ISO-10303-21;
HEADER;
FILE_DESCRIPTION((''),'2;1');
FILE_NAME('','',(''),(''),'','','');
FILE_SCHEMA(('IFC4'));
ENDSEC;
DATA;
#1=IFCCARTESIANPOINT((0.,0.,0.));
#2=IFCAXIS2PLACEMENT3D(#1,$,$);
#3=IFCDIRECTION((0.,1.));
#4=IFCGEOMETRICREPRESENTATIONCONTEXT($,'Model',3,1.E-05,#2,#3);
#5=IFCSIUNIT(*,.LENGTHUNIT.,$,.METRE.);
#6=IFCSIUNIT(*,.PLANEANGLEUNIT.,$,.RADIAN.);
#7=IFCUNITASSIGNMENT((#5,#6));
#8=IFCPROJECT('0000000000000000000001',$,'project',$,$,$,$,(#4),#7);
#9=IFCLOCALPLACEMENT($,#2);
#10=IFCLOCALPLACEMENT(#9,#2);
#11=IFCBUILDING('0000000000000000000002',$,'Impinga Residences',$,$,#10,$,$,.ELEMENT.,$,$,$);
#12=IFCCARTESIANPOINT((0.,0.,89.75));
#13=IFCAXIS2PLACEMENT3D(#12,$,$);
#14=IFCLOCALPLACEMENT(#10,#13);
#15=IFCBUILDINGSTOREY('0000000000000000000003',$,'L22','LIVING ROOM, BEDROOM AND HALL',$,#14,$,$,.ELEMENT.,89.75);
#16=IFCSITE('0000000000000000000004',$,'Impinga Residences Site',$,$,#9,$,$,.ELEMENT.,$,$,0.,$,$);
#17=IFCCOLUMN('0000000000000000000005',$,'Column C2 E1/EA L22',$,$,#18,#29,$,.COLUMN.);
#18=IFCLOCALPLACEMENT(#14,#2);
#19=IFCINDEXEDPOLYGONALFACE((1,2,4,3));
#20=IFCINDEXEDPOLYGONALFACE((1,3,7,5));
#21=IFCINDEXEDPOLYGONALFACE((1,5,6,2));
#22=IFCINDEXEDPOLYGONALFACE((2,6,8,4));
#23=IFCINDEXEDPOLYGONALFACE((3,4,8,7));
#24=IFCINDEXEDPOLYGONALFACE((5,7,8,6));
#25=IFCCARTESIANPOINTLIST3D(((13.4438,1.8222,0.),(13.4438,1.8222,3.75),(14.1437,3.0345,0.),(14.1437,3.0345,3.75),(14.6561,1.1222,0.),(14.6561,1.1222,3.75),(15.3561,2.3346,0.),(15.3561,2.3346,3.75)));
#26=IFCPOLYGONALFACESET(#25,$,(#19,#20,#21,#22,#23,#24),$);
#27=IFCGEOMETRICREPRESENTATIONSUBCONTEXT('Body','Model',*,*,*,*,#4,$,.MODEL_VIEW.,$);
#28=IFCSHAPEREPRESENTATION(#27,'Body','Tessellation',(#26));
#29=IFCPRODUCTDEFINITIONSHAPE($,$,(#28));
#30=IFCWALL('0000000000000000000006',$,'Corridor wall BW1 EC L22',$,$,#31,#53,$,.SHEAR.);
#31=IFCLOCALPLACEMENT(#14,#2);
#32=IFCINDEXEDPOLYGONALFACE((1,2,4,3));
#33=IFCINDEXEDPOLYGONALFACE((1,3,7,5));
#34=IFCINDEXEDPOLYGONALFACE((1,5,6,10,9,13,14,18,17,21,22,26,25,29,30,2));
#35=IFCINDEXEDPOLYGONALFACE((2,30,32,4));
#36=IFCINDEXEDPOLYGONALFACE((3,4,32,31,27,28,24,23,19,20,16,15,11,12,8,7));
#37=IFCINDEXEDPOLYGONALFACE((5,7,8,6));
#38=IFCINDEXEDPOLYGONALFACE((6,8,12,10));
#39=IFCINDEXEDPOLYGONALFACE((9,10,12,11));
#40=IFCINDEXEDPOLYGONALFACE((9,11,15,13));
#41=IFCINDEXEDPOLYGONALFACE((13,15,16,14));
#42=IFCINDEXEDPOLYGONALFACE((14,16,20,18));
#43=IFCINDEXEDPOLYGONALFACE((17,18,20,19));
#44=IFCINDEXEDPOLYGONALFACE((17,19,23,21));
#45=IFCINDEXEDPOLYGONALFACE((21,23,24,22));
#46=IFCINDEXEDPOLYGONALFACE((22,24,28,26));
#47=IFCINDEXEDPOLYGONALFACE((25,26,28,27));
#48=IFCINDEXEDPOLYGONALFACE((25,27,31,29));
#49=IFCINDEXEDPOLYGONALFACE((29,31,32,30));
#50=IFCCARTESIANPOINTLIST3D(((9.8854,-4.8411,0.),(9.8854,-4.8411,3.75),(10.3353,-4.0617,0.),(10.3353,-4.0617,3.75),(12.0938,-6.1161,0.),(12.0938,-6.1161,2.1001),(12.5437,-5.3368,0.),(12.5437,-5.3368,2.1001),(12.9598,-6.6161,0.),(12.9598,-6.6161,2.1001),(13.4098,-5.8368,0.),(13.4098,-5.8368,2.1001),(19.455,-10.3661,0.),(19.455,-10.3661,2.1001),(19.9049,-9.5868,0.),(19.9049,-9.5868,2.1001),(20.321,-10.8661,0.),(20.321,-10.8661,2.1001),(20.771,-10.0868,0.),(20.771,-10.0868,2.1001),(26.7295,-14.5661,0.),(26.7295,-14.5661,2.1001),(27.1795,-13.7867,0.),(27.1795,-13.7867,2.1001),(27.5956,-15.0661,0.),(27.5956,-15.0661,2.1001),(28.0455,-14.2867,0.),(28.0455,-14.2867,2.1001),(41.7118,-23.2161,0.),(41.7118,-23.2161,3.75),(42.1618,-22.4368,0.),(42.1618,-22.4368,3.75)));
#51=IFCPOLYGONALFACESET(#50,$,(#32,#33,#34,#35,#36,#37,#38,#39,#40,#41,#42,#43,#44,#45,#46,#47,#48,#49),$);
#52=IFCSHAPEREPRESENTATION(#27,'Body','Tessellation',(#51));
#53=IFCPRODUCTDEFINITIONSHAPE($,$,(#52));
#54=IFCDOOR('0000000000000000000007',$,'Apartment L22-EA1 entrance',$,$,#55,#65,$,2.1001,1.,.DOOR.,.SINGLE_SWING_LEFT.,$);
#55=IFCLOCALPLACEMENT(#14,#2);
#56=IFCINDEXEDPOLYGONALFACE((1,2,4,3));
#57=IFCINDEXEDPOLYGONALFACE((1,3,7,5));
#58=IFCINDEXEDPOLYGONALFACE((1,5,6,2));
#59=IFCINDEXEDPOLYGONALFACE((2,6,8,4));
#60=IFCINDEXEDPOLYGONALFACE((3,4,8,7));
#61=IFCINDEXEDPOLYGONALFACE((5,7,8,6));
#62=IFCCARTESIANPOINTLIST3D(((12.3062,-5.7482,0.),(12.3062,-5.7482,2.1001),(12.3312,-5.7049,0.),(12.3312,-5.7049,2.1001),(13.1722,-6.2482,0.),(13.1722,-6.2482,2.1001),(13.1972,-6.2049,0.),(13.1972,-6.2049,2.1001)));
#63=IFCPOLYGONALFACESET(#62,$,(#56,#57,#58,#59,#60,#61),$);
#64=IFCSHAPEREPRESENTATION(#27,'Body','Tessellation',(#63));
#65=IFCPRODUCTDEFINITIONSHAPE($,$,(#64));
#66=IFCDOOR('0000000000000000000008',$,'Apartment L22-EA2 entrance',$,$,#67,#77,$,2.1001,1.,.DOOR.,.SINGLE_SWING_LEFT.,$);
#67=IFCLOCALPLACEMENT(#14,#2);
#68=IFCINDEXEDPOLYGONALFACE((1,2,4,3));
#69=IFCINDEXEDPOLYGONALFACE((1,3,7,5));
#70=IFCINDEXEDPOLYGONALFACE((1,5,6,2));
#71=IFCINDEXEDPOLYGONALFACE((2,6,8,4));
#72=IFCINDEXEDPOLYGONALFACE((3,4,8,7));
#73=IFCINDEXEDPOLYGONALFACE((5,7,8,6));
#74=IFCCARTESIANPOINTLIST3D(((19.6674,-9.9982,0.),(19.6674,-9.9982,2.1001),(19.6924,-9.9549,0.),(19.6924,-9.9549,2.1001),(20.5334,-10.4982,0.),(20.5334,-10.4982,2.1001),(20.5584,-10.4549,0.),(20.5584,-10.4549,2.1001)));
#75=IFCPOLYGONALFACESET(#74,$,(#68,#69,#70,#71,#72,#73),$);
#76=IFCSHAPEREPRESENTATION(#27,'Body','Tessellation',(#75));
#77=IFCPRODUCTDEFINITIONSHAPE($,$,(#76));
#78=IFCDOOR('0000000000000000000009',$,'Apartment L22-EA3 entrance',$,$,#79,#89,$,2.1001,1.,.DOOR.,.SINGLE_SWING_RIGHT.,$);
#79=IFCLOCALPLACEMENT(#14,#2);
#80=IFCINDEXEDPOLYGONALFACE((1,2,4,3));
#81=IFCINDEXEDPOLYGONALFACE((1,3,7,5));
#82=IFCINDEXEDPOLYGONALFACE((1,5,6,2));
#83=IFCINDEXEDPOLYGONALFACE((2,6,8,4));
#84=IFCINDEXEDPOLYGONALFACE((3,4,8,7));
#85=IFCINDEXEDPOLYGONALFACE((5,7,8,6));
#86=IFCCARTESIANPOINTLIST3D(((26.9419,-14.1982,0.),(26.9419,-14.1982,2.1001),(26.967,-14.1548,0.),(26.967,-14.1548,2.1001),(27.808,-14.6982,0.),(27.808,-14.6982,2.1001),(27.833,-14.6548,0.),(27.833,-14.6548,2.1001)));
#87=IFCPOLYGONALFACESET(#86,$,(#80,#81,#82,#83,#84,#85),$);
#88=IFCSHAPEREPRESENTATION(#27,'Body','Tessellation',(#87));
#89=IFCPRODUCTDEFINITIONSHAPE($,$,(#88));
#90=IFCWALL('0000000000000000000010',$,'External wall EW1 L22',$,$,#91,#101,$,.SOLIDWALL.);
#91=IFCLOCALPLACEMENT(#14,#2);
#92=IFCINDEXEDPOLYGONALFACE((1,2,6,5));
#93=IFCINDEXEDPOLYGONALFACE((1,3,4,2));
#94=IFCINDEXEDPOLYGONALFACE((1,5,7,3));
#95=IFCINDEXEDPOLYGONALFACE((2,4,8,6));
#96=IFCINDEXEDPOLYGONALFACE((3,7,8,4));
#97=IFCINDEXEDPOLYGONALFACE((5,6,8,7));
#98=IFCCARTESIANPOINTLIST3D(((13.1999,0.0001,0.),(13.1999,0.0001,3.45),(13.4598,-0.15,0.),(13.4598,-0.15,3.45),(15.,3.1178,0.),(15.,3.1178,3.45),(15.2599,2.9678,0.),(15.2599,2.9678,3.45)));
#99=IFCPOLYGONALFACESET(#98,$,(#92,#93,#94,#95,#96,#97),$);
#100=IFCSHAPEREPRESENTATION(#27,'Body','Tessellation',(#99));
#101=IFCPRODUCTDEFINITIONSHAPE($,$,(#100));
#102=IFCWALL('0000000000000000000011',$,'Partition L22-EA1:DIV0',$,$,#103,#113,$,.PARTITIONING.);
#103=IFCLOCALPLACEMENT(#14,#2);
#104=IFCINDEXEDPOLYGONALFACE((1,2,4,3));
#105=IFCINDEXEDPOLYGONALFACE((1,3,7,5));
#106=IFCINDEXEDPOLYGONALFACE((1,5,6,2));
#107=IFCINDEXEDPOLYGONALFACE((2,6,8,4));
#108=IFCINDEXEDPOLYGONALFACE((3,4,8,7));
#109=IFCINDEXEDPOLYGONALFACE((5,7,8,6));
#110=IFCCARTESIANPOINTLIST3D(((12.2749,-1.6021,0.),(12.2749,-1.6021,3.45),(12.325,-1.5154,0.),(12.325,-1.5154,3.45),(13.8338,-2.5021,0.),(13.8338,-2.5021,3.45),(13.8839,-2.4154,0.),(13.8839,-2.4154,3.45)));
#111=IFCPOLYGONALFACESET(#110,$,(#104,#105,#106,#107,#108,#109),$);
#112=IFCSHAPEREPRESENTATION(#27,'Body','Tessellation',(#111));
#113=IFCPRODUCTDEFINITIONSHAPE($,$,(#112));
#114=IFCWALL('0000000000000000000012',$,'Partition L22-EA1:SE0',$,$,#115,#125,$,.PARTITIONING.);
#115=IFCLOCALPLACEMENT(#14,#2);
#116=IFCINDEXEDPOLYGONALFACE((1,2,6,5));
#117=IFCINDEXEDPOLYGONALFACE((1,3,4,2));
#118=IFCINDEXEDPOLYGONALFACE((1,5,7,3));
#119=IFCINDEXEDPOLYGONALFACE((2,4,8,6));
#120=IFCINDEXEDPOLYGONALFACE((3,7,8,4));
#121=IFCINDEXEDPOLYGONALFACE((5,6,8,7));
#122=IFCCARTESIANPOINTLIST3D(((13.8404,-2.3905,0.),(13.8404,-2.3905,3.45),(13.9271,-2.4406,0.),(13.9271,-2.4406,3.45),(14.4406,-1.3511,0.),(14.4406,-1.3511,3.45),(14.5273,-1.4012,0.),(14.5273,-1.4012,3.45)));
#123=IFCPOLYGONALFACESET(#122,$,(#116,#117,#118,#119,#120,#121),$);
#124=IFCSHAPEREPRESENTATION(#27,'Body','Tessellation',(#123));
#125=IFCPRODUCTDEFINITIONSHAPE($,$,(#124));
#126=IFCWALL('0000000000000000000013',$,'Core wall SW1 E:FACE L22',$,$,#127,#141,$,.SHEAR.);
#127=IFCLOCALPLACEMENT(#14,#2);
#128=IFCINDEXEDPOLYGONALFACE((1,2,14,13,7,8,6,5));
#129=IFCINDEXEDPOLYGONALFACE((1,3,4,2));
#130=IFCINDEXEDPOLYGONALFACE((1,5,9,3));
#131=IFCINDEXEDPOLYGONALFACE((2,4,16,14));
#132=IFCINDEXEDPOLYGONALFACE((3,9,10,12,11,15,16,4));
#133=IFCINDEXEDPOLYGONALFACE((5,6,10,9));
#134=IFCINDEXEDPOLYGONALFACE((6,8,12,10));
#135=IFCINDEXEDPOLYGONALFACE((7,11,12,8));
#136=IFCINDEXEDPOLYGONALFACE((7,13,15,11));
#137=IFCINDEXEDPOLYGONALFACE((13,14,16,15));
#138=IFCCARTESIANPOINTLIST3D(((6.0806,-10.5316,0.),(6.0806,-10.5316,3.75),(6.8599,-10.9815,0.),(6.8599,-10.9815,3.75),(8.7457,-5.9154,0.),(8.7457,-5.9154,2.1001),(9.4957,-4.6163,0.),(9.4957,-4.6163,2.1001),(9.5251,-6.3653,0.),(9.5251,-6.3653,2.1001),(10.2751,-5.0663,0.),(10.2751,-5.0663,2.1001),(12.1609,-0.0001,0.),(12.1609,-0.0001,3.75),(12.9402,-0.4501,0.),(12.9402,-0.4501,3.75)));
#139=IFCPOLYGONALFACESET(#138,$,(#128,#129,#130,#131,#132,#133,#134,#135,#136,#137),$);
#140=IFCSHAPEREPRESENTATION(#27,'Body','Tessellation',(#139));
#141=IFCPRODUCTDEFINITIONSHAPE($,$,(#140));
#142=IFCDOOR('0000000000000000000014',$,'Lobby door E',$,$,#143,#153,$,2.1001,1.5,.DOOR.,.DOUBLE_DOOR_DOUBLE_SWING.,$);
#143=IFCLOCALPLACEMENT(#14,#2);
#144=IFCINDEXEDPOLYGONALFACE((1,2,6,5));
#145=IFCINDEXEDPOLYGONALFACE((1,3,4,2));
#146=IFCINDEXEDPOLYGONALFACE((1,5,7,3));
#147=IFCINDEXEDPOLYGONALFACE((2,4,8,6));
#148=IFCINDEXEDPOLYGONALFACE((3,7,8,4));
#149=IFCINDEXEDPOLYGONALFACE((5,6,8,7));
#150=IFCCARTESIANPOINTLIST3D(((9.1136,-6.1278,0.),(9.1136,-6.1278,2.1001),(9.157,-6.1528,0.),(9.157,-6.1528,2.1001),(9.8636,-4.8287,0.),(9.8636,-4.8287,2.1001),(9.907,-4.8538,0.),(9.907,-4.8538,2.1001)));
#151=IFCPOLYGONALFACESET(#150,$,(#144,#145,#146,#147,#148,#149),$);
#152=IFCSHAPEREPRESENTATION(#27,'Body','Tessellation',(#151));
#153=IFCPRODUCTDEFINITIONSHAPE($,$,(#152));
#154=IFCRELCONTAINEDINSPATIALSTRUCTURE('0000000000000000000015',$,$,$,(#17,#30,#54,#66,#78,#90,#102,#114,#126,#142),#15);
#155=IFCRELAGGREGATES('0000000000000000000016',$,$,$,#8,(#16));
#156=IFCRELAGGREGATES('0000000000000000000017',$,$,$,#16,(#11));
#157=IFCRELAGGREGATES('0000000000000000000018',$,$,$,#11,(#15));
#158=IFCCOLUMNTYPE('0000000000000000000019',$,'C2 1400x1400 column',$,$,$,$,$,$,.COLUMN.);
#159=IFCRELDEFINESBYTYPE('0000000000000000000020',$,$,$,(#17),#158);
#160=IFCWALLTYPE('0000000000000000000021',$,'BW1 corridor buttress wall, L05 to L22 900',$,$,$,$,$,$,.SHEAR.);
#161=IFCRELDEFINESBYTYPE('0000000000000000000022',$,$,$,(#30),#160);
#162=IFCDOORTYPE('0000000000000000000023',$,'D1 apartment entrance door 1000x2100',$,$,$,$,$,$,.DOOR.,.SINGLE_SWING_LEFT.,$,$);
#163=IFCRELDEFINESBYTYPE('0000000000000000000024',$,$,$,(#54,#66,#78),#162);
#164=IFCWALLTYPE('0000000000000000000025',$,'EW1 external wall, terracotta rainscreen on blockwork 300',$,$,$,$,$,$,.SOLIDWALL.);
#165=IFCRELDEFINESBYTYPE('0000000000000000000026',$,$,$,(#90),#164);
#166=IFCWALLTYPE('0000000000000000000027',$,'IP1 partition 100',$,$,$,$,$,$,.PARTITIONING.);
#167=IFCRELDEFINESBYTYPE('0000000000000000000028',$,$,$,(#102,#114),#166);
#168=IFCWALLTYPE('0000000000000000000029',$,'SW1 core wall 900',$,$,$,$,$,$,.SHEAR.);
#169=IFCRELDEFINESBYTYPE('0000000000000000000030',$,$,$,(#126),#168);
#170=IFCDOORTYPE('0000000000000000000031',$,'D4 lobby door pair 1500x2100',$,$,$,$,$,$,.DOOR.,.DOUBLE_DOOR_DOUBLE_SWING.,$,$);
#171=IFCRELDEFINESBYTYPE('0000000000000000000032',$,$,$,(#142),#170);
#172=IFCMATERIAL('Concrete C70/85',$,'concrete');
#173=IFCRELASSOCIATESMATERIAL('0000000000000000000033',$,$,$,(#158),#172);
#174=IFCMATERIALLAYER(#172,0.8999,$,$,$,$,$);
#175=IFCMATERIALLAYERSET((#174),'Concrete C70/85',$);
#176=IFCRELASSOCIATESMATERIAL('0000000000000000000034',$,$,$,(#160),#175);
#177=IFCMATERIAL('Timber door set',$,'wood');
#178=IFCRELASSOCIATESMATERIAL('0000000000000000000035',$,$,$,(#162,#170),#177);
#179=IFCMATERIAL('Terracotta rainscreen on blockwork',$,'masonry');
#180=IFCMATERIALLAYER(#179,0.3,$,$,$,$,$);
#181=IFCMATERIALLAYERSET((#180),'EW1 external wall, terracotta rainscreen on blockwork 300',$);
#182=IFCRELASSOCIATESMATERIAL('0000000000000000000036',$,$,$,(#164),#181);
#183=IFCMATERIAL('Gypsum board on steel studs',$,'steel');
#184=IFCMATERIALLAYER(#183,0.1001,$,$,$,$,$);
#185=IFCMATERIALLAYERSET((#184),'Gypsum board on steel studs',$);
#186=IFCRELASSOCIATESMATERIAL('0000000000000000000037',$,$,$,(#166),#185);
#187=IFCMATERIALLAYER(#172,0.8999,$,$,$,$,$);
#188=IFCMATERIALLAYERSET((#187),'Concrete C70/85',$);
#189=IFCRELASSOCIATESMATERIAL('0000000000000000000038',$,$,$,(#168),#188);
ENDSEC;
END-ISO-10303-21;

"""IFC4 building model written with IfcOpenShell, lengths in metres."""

from ifc_helpers import new_model, si_unit, direction, frame, frame_2d, origin, origin_2d, place, context, subcontext, project, spatial, rectangle, extrude, material, layer, layer_set, material_profile, profile_set, type_object, element, fill, save


model = new_model("IFC4")

# Units and contexts
model_context = context("Model", 3, precision=1e-05, world=origin(), true_north=direction((0.0, 1.0)))
body_context = subcontext(model_context, "Body", "Model", "MODEL_VIEW")
ifc_project = project(units=[si_unit("LENGTHUNIT", "METRE"), si_unit("PLANEANGLEUNIT", "RADIAN")], contexts=[model_context])

# Site, building, storey
site_placement = place(None, origin())
site = spatial("IfcSite", under=ifc_project, at=site_placement, Name="Impinga Residences Site", CompositionType="ELEMENT", RefElevation=0.0)
building_placement = place(site_placement, origin())
building = spatial("IfcBuilding", under=site, at=building_placement, Name="Impinga Residences", CompositionType="ELEMENT")
storey_placement = place(building_placement, frame((0.0, 0.0, 89.75)))
storey = spatial("IfcBuildingStorey", under=building, at=storey_placement, Name="L22", Description="LIVING ROOM, BEDROOM AND HALL", CompositionType="ELEMENT", Elevation=89.75)

# Column
ifc_material_1 = material(Name="Concrete C70/85", Category="concrete")
ifc_material_profile = material_profile(ifc_material_1, rectangle(XDim=1.3999, YDim=1.3999, at=origin_2d()), Name="RC 1400x1400")
ifc_profile_set = profile_set([ifc_material_profile], Name="Concrete C70/85")
column_type = type_object("IfcColumnType", Name="C2 1400x1400 column", PredefinedType="COLUMN", material=ifc_profile_set)
column_placement = place(storey_placement, frame((14.3999, 2.0784, 0.0), z_axis=(0.0, 0.0, 1.0), x_axis=(-0.5, -0.866025, 0.0)))
element("IfcColumn", 1, at=column_placement, inside=storey, type_object=column_type, Name="Column C2 E1/EA L22", PredefinedType="COLUMN", context=body_context, shape_type="SweptSolid", body=[
    extrude(rectangle(XDim=1.3999, YDim=1.3999, at=origin_2d()), origin(), (0.0, 0.0, 1.0), 3.75),
])

# Wall, openings, doors
ifc_layer_1 = layer(ifc_material_1, 0.8999)
ifc_layer_set_1 = layer_set([ifc_layer_1], Name="Concrete C70/85")
wall_type_1 = type_object("IfcWallType", Name="BW1 corridor buttress wall, L05 to L22 900", PredefinedType="SHEAR", material=ifc_layer_set_1)
wall_1_placement = place(storey_placement, frame((10.1104, -4.4514, 0.0), z_axis=(0.0, 0.0, 1.0), x_axis=(0.866025, -0.5, 0.0)))
wall_1 = element("IfcWall", 2, at=wall_1_placement, inside=storey, type_object=wall_type_1, Name="Corridor wall BW1 EC L22", PredefinedType="SHEAR", context=body_context, shape_type="SweptSolid", body=[
    extrude(rectangle(XDim=36.75, YDim=0.8999, at=frame_2d((18.375, 0.0))), origin(), (0.0, 0.0, 1.0), 3.75),
])
opening_1_placement = place(wall_1_placement, frame((2.55, 0.0, 0.0)))
opening_1 = element("IfcOpeningElement", 3, at=opening_1_placement, cuts=wall_1, PredefinedType="OPENING", context=body_context, shape_type="SweptSolid", body=[
    extrude(rectangle(XDim=1.0, YDim=2.1001, at=frame_2d((0.5, 1.05))), frame((0.0, 0.46, 0.0), z_axis=(0.0, -1.0, 0.0), x_axis=(1.0, 0.0, 0.0)), (0.0, 0.0, 1.0), 0.9199),
])
opening_2_placement = place(wall_1_placement, frame((11.05, 0.0, 0.0)))
opening_2 = element("IfcOpeningElement", 4, at=opening_2_placement, cuts=wall_1, PredefinedType="OPENING", context=body_context, shape_type="SweptSolid", body=[
    extrude(rectangle(XDim=1.0, YDim=2.1001, at=frame_2d((0.5, 1.05))), frame((0.0, 0.46, 0.0), z_axis=(0.0, -1.0, 0.0), x_axis=(1.0, 0.0, 0.0)), (0.0, 0.0, 1.0), 0.9199),
])
opening_3_placement = place(wall_1_placement, frame((19.45, 0.0, 0.0)))
opening_3 = element("IfcOpeningElement", 5, at=opening_3_placement, cuts=wall_1, PredefinedType="OPENING", context=body_context, shape_type="SweptSolid", body=[
    extrude(rectangle(XDim=1.0, YDim=2.1001, at=frame_2d((0.5, 1.05))), frame((0.0, 0.46, 0.0), z_axis=(0.0, -1.0, 0.0), x_axis=(1.0, 0.0, 0.0)), (0.0, 0.0, 1.0), 0.9199),
])
ifc_material_2 = material(Name="Timber door set", Category="wood")
door_type_1 = type_object("IfcDoorType", Name="D1 apartment entrance door 1000x2100", OperationType="SINGLE_SWING_LEFT", PredefinedType="DOOR", material=ifc_material_2)
door_1_placement = place(opening_1_placement, origin())
door_1 = element("IfcDoor", 6, at=door_1_placement, inside=storey, type_object=door_type_1, Name="Apartment L22-EA1 entrance", OperationType="SINGLE_SWING_LEFT", OverallHeight=2.1001, OverallWidth=1.0, PredefinedType="DOOR", context=body_context, shape_type="SweptSolid", body=[
    extrude(rectangle(XDim=1.0, YDim=2.1001, at=frame_2d((0.5, 1.05))), frame((0.0, 0.0249, 0.0), z_axis=(0.0, -1.0, 0.0), x_axis=(1.0, 0.0, 0.0)), (0.0, 0.0, 1.0), 0.05),
])
fill(opening_1, door_1)
door_2_placement = place(opening_2_placement, origin())
door_2 = element("IfcDoor", 7, at=door_2_placement, inside=storey, type_object=door_type_1, Name="Apartment L22-EA2 entrance", OperationType="SINGLE_SWING_LEFT", OverallHeight=2.1001, OverallWidth=1.0, PredefinedType="DOOR", context=body_context, shape_type="SweptSolid", body=[
    extrude(rectangle(XDim=1.0, YDim=2.1001, at=frame_2d((0.5, 1.05))), frame((0.0, 0.0249, 0.0), z_axis=(0.0, -1.0, 0.0), x_axis=(1.0, 0.0, 0.0)), (0.0, 0.0, 1.0), 0.05),
])
fill(opening_2, door_2)
door_3_placement = place(opening_3_placement, origin())
door_3 = element("IfcDoor", 8, at=door_3_placement, inside=storey, type_object=door_type_1, Name="Apartment L22-EA3 entrance", OperationType="SINGLE_SWING_RIGHT", OverallHeight=2.1001, OverallWidth=1.0, PredefinedType="DOOR", context=body_context, shape_type="SweptSolid", body=[
    extrude(rectangle(XDim=1.0, YDim=2.1001, at=frame_2d((0.5, 1.05))), frame((0.0, 0.0249, 0.0), z_axis=(0.0, -1.0, 0.0), x_axis=(1.0, 0.0, 0.0)), (0.0, 0.0, 1.0), 0.05),
])
fill(opening_3, door_3)

# Walls
ifc_material_3 = material(Name="Terracotta rainscreen on blockwork", Category="masonry")
ifc_layer_2 = layer(ifc_material_3, 0.3)
ifc_layer_set_2 = layer_set([ifc_layer_2], Name="EW1 external wall, terracotta rainscreen on blockwork 300")
wall_type_2 = type_object("IfcWallType", Name="EW1 external wall, terracotta rainscreen on blockwork 300", PredefinedType="SOLIDWALL", material=ifc_layer_set_2)
wall_2_placement = place(storey_placement, frame((13.3298, -0.075, 0.0), z_axis=(0.0, 0.0, 1.0), x_axis=(0.500012, 0.866018, 0.0)))
element("IfcWall", 9, at=wall_2_placement, inside=storey, type_object=wall_type_2, Name="External wall EW1 L22", PredefinedType="SOLIDWALL", context=body_context, shape_type="SweptSolid", body=[
    extrude(rectangle(XDim=3.6001, YDim=0.3, at=frame_2d((1.8, 0.0))), origin(), (0.0, 0.0, 1.0), 3.45),
])
ifc_material_4 = material(Name="Gypsum board on steel studs", Category="steel")
ifc_layer_3 = layer(ifc_material_4, 0.1001)
ifc_layer_set_3 = layer_set([ifc_layer_3], Name="Gypsum board on steel studs")
wall_type_3 = type_object("IfcWallType", Name="IP1 partition 100", PredefinedType="PARTITIONING", material=ifc_layer_set_3)
wall_3_placement = place(storey_placement, frame((12.3, -1.5588, 0.0), z_axis=(0.0, 0.0, 1.0), x_axis=(0.866048, -0.499961, 0.0)))
element("IfcWall", 10, at=wall_3_placement, inside=storey, type_object=wall_type_3, Name="Partition L22-EA1:DIV0", PredefinedType="PARTITIONING", context=body_context, shape_type="SweptSolid", body=[
    extrude(rectangle(XDim=1.8, YDim=0.1001, at=frame_2d((0.8999, 0.0))), origin(), (0.0, 0.0, 1.0), 3.45),
])
wall_4_placement = place(storey_placement, frame((13.8838, -2.4155, 0.0), z_axis=(0.0, 0.0, 1.0), x_axis=(0.500034, 0.866006, 0.0)))
element("IfcWall", 11, at=wall_4_placement, inside=storey, type_object=wall_type_3, Name="Partition L22-EA1:SE0", PredefinedType="PARTITIONING", context=body_context, shape_type="SweptSolid", body=[
    extrude(rectangle(XDim=1.2002, YDim=0.1001, at=frame_2d((0.6001, 0.0))), origin(), (0.0, 0.0, 1.0), 3.45),
])

# Wall, opening, door
ifc_layer_4 = layer(ifc_material_1, 0.8999)
ifc_layer_set_4 = layer_set([ifc_layer_4], Name="Concrete C70/85")
wall_type_4 = type_object("IfcWallType", Name="SW1 core wall 900", PredefinedType="SHEAR", material=ifc_layer_set_4)
wall_5_placement = place(storey_placement, frame((12.5505, -0.2251, 0.0), z_axis=(0.0, 0.0, 1.0), x_axis=(-0.499998, -0.866027, 0.0)))
wall_5 = element("IfcWall", 12, at=wall_5_placement, inside=storey, type_object=wall_type_4, Name="Core wall SW1 E:FACE L22", PredefinedType="SHEAR", context=body_context, shape_type="SweptSolid", body=[
    extrude(rectangle(XDim=12.1606, YDim=0.8999, at=frame_2d((6.0803, 0.0))), origin(), (0.0, 0.0, 1.0), 3.75),
])
opening_4_placement = place(wall_5_placement, frame((5.3303, 0.0, 0.0)))
opening_4 = element("IfcOpeningElement", 13, at=opening_4_placement, cuts=wall_5, PredefinedType="OPENING", context=body_context, shape_type="SweptSolid", body=[
    extrude(rectangle(XDim=1.5, YDim=2.1001, at=frame_2d((0.75, 1.05))), frame((0.0, 0.46, 0.0), z_axis=(0.0, -1.0, 0.0), x_axis=(1.0, 0.0, 0.0)), (0.0, 0.0, 1.0), 0.9199),
])
door_type_2 = type_object("IfcDoorType", Name="D4 lobby door pair 1500x2100", OperationType="DOUBLE_DOOR_DOUBLE_SWING", PredefinedType="DOOR", material=ifc_material_2)
door_4_placement = place(opening_4_placement, origin())
door_4 = element("IfcDoor", 14, at=door_4_placement, inside=storey, type_object=door_type_2, Name="Lobby door E", OperationType="DOUBLE_DOOR_DOUBLE_SWING", OverallHeight=2.1001, OverallWidth=1.5, PredefinedType="DOOR", context=body_context, shape_type="SweptSolid", body=[
    extrude(rectangle(XDim=1.5, YDim=2.1001, at=frame_2d((0.75, 1.05))), frame((0.0, 0.0249, 0.0), z_axis=(0.0, -1.0, 0.0), x_axis=(1.0, 0.0, 0.0)), (0.0, 0.0, 1.0), 0.05),
])
fill(opening_4, door_4)

save(model, "model.ifc")
